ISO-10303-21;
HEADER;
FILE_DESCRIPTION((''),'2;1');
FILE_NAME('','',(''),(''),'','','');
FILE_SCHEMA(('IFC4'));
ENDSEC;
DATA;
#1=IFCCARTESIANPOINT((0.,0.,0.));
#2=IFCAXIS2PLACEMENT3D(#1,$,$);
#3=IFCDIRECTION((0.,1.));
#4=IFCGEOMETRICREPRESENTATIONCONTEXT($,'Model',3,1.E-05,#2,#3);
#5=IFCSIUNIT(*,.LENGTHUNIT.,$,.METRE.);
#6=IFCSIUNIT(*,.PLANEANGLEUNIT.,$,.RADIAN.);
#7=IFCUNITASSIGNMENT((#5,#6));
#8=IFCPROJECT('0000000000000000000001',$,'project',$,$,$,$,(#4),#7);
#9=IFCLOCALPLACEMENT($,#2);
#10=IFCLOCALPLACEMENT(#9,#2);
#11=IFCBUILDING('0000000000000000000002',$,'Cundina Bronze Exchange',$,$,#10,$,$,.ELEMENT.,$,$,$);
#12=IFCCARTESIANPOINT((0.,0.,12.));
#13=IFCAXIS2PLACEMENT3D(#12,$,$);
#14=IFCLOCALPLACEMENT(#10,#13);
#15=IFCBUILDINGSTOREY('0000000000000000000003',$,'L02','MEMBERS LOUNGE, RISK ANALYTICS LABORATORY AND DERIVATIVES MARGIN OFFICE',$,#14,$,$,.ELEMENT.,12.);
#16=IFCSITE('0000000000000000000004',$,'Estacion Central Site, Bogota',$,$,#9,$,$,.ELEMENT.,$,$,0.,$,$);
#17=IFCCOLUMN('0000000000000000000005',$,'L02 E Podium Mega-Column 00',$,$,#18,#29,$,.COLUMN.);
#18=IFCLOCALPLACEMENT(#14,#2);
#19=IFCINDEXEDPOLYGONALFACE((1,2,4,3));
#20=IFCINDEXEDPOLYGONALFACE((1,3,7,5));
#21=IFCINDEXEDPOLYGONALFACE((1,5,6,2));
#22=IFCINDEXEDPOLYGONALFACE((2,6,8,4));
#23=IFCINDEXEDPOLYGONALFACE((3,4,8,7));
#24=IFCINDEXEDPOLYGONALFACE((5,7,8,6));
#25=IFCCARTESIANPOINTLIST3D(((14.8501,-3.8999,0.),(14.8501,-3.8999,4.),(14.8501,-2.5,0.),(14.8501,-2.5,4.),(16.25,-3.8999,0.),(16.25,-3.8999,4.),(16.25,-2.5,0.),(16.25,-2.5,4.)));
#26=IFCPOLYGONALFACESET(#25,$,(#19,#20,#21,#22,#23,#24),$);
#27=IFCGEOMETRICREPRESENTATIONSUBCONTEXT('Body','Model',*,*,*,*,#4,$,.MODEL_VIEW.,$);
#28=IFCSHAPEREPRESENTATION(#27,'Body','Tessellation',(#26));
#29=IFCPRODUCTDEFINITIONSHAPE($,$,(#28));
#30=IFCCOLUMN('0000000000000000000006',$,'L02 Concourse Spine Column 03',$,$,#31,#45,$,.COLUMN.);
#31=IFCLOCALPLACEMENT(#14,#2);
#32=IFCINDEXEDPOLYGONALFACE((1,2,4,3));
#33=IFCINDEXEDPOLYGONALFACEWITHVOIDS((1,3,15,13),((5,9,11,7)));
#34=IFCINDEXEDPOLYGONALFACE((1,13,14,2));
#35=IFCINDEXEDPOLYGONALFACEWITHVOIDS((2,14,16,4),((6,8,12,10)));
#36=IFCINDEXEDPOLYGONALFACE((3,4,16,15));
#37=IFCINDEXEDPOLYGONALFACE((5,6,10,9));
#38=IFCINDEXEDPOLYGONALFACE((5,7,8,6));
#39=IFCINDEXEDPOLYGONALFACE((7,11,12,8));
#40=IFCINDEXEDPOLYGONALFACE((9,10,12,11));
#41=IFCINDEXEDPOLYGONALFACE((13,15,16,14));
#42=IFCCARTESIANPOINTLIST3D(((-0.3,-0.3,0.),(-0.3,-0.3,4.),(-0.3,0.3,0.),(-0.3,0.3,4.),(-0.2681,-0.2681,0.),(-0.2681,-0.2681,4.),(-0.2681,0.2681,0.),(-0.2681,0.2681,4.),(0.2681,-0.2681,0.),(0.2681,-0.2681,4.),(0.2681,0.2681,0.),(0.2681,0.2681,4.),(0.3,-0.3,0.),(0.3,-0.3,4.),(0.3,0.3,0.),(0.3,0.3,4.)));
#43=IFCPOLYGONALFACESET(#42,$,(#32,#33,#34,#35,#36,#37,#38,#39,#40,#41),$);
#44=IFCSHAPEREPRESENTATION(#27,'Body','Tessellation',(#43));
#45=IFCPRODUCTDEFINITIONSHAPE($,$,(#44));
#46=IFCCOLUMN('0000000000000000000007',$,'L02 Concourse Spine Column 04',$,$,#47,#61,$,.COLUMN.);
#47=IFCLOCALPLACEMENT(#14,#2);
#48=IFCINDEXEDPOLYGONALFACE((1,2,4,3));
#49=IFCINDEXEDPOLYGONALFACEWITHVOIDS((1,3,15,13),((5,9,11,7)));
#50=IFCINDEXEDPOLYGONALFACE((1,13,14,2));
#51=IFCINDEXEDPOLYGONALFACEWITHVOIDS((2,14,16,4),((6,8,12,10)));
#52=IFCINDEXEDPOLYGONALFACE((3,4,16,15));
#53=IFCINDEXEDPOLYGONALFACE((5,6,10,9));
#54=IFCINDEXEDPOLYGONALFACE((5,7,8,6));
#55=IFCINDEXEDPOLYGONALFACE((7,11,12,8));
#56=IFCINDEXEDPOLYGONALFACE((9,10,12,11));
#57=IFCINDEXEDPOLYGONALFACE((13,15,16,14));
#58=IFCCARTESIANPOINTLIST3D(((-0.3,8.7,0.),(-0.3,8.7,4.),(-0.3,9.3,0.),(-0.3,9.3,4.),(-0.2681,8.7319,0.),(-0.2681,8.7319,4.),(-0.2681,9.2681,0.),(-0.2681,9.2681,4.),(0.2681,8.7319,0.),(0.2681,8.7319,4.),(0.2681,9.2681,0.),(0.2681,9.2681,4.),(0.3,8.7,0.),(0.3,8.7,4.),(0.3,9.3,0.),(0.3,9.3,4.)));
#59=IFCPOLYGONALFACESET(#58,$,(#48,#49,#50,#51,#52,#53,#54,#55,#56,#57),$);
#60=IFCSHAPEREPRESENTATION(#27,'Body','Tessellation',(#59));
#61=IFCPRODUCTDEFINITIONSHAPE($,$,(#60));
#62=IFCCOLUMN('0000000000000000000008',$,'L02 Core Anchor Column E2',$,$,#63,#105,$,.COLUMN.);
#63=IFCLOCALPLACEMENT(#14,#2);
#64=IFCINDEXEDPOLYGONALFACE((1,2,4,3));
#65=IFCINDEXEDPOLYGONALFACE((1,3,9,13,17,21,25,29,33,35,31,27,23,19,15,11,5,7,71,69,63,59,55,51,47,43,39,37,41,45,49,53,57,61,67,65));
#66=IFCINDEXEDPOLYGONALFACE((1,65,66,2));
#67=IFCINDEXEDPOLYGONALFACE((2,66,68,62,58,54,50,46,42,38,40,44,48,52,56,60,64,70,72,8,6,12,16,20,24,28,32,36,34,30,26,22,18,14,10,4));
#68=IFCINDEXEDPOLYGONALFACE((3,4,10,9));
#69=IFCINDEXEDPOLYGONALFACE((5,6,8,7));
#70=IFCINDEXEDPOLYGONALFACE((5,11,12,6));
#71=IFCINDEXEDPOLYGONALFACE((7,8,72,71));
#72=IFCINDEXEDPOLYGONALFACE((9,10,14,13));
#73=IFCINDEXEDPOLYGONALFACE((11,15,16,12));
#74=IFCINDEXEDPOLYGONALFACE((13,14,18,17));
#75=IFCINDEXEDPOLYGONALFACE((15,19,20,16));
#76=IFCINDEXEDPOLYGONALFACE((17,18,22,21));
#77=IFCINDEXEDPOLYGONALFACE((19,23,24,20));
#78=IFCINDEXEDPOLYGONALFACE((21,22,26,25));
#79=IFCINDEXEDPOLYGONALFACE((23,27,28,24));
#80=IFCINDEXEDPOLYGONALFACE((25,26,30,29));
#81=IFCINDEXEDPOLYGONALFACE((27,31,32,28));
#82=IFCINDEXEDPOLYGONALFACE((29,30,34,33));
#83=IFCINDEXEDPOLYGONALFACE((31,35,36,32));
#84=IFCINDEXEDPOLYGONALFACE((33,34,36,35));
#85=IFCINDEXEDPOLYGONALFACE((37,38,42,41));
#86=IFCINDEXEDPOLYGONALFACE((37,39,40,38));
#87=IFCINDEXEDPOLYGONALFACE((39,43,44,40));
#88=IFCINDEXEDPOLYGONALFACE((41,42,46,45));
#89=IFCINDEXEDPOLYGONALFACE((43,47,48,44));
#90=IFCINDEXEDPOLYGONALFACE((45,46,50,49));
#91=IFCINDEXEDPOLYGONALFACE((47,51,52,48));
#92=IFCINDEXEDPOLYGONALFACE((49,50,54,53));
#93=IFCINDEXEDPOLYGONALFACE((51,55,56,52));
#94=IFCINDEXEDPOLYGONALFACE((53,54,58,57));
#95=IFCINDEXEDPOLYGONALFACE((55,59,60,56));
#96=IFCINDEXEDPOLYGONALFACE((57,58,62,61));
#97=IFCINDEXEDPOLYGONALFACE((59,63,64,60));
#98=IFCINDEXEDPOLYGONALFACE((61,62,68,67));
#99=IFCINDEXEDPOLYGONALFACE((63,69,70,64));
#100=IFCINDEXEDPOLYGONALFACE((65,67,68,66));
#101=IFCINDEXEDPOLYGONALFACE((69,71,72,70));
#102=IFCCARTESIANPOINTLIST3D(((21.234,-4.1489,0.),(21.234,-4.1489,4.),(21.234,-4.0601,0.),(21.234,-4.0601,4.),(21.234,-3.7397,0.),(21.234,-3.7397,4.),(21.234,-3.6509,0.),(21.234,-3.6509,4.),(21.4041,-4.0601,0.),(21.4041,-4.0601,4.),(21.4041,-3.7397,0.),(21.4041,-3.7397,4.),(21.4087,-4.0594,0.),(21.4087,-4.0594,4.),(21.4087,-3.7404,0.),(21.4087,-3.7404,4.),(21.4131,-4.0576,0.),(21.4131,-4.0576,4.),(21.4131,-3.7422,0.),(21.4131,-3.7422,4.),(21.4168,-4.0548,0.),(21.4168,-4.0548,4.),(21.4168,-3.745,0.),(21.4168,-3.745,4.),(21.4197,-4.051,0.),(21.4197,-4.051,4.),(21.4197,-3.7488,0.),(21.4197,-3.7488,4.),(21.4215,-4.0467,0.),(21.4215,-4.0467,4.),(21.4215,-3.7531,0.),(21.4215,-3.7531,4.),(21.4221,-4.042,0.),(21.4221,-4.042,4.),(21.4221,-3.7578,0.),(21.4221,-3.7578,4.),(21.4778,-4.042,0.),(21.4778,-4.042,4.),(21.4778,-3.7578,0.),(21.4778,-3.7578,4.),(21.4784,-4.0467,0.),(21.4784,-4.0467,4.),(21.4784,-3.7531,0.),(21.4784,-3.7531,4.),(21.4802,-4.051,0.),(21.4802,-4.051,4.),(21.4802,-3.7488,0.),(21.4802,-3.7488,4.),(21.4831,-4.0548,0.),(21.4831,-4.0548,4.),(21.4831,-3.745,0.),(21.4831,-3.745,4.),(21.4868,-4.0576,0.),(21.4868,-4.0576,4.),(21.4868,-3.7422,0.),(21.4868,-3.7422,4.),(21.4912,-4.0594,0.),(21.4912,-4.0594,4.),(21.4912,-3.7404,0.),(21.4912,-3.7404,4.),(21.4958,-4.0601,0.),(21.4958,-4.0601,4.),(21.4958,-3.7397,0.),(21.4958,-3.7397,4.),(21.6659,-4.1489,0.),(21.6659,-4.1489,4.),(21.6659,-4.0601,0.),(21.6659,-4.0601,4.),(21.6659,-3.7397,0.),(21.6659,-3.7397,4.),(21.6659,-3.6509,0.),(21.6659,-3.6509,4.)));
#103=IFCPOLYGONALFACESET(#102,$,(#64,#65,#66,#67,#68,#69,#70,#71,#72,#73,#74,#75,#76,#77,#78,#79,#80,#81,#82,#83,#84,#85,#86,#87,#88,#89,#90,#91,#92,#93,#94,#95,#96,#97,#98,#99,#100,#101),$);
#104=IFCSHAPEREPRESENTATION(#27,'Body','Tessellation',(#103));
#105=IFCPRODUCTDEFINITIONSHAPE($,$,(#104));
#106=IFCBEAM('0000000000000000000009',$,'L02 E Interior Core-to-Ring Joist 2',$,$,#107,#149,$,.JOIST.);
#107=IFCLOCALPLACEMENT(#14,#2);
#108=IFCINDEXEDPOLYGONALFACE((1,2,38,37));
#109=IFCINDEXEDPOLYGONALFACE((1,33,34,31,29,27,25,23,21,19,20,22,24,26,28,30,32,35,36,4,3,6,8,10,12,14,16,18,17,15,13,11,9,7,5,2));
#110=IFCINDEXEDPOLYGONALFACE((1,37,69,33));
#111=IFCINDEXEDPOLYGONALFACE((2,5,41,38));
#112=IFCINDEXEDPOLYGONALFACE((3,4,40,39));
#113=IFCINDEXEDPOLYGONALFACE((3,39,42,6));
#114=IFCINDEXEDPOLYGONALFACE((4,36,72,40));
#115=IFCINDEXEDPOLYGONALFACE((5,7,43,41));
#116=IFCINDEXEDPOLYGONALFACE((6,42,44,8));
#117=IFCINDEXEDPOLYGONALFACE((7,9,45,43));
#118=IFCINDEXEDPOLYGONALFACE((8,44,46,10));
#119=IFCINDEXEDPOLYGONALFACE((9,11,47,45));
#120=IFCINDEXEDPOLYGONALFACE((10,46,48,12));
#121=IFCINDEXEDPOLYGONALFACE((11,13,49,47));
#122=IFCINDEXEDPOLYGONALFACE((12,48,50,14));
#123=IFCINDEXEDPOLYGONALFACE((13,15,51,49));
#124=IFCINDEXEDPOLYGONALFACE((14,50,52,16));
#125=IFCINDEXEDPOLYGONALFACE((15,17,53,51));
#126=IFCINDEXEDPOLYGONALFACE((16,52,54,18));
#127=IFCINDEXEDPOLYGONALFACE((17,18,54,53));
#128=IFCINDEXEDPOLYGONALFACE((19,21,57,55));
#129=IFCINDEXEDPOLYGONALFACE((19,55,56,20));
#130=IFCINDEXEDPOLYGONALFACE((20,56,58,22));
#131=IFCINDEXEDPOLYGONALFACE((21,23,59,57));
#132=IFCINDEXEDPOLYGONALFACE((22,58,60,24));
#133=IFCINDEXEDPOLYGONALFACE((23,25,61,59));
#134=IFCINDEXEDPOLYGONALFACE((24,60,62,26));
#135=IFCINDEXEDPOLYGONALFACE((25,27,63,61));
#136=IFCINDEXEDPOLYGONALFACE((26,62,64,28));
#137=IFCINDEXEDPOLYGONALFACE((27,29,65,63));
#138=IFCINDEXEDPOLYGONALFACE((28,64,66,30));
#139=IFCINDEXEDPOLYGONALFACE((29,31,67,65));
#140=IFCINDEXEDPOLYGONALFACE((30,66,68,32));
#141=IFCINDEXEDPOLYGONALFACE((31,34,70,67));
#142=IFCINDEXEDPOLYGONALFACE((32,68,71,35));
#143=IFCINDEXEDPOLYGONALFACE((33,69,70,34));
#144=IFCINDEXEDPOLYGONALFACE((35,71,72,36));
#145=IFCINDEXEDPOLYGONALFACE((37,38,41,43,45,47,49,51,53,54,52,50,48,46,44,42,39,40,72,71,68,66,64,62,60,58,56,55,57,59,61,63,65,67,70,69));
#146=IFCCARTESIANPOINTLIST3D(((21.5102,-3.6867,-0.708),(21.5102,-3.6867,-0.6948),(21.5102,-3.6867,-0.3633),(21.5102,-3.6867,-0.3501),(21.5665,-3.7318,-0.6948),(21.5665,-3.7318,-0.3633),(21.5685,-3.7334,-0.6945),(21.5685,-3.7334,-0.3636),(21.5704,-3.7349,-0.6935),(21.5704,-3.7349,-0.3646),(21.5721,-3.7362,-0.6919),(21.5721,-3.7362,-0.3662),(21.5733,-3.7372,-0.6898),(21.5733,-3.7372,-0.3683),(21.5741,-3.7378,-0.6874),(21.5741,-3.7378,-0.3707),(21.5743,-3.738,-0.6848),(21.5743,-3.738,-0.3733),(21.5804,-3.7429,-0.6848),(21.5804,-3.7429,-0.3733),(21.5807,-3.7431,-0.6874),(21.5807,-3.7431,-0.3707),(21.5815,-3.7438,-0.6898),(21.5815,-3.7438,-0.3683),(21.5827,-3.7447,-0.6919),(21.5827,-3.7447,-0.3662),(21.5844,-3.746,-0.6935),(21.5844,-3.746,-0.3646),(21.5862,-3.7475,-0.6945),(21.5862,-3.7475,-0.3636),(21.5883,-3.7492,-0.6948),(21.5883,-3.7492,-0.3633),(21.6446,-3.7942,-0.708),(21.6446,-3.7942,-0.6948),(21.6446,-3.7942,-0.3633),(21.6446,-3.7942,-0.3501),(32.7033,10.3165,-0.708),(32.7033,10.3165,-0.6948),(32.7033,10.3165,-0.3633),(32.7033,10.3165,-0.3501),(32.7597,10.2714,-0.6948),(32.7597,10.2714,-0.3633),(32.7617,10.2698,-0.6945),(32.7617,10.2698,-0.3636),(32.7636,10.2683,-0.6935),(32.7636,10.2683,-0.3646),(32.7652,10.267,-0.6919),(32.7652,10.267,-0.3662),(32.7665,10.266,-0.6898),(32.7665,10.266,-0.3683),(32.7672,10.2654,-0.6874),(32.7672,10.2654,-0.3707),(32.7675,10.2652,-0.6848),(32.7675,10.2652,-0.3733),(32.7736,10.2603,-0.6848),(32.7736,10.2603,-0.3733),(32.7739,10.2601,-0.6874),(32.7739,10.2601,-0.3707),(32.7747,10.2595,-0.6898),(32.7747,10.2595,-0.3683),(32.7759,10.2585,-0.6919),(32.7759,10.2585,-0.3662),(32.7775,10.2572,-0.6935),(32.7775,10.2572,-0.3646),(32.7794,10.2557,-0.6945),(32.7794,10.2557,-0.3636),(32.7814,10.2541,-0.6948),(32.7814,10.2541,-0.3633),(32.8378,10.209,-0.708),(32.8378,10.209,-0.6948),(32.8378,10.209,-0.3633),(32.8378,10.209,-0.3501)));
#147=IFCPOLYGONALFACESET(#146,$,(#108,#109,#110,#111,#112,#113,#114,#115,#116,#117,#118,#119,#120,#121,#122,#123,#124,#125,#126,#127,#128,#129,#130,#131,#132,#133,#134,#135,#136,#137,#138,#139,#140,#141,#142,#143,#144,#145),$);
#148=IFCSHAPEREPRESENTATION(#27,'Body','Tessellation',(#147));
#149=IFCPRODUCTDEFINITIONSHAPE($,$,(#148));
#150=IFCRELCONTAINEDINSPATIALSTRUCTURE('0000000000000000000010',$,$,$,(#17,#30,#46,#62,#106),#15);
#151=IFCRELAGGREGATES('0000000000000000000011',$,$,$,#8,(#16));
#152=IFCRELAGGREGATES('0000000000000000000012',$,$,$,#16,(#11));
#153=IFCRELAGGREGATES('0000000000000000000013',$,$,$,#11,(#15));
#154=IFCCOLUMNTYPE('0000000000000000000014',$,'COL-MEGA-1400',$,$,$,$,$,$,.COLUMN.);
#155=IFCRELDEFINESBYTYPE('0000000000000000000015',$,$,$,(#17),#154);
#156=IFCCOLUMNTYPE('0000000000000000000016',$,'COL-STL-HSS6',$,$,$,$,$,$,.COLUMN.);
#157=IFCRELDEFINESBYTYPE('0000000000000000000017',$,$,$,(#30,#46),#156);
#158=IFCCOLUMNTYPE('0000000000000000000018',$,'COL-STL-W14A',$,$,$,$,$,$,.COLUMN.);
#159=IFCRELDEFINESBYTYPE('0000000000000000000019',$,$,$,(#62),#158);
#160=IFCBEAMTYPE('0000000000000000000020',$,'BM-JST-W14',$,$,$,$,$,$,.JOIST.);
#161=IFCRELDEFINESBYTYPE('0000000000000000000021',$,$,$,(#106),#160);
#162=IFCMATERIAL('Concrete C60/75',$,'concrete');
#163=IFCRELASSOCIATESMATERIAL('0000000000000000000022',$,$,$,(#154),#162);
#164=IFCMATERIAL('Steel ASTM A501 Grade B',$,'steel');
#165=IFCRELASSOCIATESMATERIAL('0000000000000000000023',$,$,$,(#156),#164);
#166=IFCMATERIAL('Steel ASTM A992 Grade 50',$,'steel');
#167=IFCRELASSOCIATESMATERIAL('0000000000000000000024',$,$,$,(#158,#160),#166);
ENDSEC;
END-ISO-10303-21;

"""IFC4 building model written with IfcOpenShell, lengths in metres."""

from ifc_helpers import new_model, si_unit, direction, frame, origin, origin_2d, place, context, subcontext, project, spatial, rectangle, hollow_rectangle, i_section, extrude, material, material_profile, profile_set, type_object, element, save


model = new_model("IFC4")

# Units and contexts
model_context = context("Model", 3, precision=1e-05, world=origin(), true_north=direction((0.0, 1.0)))
body_context = subcontext(model_context, "Body", "Model", "MODEL_VIEW")
ifc_project = project(units=[si_unit("LENGTHUNIT", "METRE"), si_unit("PLANEANGLEUNIT", "RADIAN")], contexts=[model_context])

# Site, building, storey
site_placement = place(None, origin())
site = spatial("IfcSite", under=ifc_project, at=site_placement, Name="Estacion Central Site, Bogota", CompositionType="ELEMENT", RefElevation=0.0)
building_placement = place(site_placement, origin())
building = spatial("IfcBuilding", under=site, at=building_placement, Name="Cundina Bronze Exchange", CompositionType="ELEMENT")
storey_placement = place(building_placement, frame((0.0, 0.0, 12.0)))
storey = spatial("IfcBuildingStorey", under=building, at=storey_placement, Name="L02", Description="MEMBERS LOUNGE, RISK ANALYTICS LABORATORY AND DERIVATIVES MARGIN OFFICE", CompositionType="ELEMENT", Elevation=12.0)

# Columns
ifc_material_1 = material(Name="Concrete C60/75", Category="concrete")
ifc_material_profile_1 = material_profile(ifc_material_1, rectangle(XDim=1.3999, YDim=1.3999, at=origin_2d()), Name="RC1400X1400", Category="concrete")
ifc_profile_set_1 = profile_set([ifc_material_profile_1], Name="Concrete C60/75")
column_type_1 = type_object("IfcColumnType", Name="COL-MEGA-1400", PredefinedType="COLUMN", material=ifc_profile_set_1)
column_1_placement = place(storey_placement, frame((15.55, -3.2, 0.0), z_axis=(0.0, 0.0, 1.0), x_axis=(1.0, 0.0, 0.0)))
element("IfcColumn", 1, at=column_1_placement, inside=storey, type_object=column_type_1, Name="L02 E Podium Mega-Column 00", PredefinedType="COLUMN", context=body_context, shape_type="SweptSolid", body=[
    extrude(rectangle(XDim=1.3999, YDim=1.3999, at=origin_2d()), origin(), (0.0, 0.0, 1.0), 4.0),
])
ifc_material_2 = material(Name="Steel ASTM A501 Grade B", Category="steel")
ifc_material_profile_2 = material_profile(ifc_material_2, hollow_rectangle(XDim=0.6001, YDim=0.6001, WallThickness=0.032, at=origin_2d()), Name="HSS600X600X32", Category="steel")
ifc_profile_set_2 = profile_set([ifc_material_profile_2], Name="Steel ASTM A501 Grade B")
column_type_2 = type_object("IfcColumnType", Name="COL-STL-HSS6", PredefinedType="COLUMN", material=ifc_profile_set_2)
for number, where, z_axis, x_axis, name in (
    (2, (0.0, 0.0, 0.0), (0.0, 0.0, 1.0), (1.0, 0.0, 0.0), "L02 Concourse Spine Column 03"),
    (3, (0.0, 9.0, 0.0), (0.0, 0.0, 1.0), (1.0, 0.0, 0.0), "L02 Concourse Spine Column 04"),
):
    element("IfcColumn", number, at=place(storey_placement, frame(where, z_axis=z_axis, x_axis=x_axis)), inside=storey, type_object=column_type_2, Name=name, PredefinedType="COLUMN", context=body_context, shape_type="SweptSolid", body=[
        extrude(hollow_rectangle(XDim=0.6001, YDim=0.6001, WallThickness=0.032, at=origin_2d()), origin(), (0.0, 0.0, 1.0), 4.0),
    ])
ifc_material_3 = material(Name="Steel ASTM A992 Grade 50", Category="steel")
ifc_material_profile_3 = material_profile(ifc_material_3, i_section(OverallWidth=0.4319, OverallDepth=0.498, WebThickness=0.0557, FlangeThickness=0.0889, FilletRadius=0.0181, at=origin_2d()), Name="W14X500", Category="steel")
ifc_profile_set_3 = profile_set([ifc_material_profile_3], Name="Steel ASTM A992 Grade 50")
column_type_3 = type_object("IfcColumnType", Name="COL-STL-W14A", PredefinedType="COLUMN", material=ifc_profile_set_3)
column_2_placement = place(storey_placement, frame((21.45, -3.8999, 0.0), z_axis=(0.0, 0.0, 1.0), x_axis=(1.0, 0.0, 0.0)))
element("IfcColumn", 4, at=column_2_placement, inside=storey, type_object=column_type_3, Name="L02 Core Anchor Column E2", PredefinedType="COLUMN", context=body_context, shape_type="SweptSolid", body=[
    extrude(i_section(OverallWidth=0.4319, OverallDepth=0.498, WebThickness=0.0557, FlangeThickness=0.0889, FilletRadius=0.0181, at=origin_2d()), origin(), (0.0, 0.0, 1.0), 4.0),
])

# Beam
ifc_material_profile_4 = material_profile(ifc_material_3, i_section(OverallWidth=0.1721, OverallDepth=0.3579, WebThickness=0.0078, FlangeThickness=0.0132, FilletRadius=0.01, at=origin_2d()), Name="W14X38", Category="steel")
ifc_profile_set_4 = profile_set([ifc_material_profile_4], Name="Steel ASTM A992 Grade 50")
beam_type_1 = type_object("IfcBeamType", Name="BM-JST-W14", PredefinedType="JOIST", material=ifc_profile_set_4)
beam_1_placement = place(storey_placement, frame((21.5774, -3.7405, -0.5291), z_axis=(0.624374, 0.781125, 0.0), x_axis=(-0.781125, 0.624374, 0.0)))
element("IfcBeam", 5, at=beam_1_placement, inside=storey, type_object=beam_type_1, Name="L02 E Interior Core-to-Ring Joist 2", PredefinedType="JOIST", context=body_context, shape_type="SweptSolid", body=[
    extrude(i_section(OverallWidth=0.1721, OverallDepth=0.3579, WebThickness=0.0078, FlangeThickness=0.0132, FilletRadius=0.01, at=origin_2d()), origin(), (0.0, 0.0, 1.0), 17.927),
])

save(model, "model.ifc")
